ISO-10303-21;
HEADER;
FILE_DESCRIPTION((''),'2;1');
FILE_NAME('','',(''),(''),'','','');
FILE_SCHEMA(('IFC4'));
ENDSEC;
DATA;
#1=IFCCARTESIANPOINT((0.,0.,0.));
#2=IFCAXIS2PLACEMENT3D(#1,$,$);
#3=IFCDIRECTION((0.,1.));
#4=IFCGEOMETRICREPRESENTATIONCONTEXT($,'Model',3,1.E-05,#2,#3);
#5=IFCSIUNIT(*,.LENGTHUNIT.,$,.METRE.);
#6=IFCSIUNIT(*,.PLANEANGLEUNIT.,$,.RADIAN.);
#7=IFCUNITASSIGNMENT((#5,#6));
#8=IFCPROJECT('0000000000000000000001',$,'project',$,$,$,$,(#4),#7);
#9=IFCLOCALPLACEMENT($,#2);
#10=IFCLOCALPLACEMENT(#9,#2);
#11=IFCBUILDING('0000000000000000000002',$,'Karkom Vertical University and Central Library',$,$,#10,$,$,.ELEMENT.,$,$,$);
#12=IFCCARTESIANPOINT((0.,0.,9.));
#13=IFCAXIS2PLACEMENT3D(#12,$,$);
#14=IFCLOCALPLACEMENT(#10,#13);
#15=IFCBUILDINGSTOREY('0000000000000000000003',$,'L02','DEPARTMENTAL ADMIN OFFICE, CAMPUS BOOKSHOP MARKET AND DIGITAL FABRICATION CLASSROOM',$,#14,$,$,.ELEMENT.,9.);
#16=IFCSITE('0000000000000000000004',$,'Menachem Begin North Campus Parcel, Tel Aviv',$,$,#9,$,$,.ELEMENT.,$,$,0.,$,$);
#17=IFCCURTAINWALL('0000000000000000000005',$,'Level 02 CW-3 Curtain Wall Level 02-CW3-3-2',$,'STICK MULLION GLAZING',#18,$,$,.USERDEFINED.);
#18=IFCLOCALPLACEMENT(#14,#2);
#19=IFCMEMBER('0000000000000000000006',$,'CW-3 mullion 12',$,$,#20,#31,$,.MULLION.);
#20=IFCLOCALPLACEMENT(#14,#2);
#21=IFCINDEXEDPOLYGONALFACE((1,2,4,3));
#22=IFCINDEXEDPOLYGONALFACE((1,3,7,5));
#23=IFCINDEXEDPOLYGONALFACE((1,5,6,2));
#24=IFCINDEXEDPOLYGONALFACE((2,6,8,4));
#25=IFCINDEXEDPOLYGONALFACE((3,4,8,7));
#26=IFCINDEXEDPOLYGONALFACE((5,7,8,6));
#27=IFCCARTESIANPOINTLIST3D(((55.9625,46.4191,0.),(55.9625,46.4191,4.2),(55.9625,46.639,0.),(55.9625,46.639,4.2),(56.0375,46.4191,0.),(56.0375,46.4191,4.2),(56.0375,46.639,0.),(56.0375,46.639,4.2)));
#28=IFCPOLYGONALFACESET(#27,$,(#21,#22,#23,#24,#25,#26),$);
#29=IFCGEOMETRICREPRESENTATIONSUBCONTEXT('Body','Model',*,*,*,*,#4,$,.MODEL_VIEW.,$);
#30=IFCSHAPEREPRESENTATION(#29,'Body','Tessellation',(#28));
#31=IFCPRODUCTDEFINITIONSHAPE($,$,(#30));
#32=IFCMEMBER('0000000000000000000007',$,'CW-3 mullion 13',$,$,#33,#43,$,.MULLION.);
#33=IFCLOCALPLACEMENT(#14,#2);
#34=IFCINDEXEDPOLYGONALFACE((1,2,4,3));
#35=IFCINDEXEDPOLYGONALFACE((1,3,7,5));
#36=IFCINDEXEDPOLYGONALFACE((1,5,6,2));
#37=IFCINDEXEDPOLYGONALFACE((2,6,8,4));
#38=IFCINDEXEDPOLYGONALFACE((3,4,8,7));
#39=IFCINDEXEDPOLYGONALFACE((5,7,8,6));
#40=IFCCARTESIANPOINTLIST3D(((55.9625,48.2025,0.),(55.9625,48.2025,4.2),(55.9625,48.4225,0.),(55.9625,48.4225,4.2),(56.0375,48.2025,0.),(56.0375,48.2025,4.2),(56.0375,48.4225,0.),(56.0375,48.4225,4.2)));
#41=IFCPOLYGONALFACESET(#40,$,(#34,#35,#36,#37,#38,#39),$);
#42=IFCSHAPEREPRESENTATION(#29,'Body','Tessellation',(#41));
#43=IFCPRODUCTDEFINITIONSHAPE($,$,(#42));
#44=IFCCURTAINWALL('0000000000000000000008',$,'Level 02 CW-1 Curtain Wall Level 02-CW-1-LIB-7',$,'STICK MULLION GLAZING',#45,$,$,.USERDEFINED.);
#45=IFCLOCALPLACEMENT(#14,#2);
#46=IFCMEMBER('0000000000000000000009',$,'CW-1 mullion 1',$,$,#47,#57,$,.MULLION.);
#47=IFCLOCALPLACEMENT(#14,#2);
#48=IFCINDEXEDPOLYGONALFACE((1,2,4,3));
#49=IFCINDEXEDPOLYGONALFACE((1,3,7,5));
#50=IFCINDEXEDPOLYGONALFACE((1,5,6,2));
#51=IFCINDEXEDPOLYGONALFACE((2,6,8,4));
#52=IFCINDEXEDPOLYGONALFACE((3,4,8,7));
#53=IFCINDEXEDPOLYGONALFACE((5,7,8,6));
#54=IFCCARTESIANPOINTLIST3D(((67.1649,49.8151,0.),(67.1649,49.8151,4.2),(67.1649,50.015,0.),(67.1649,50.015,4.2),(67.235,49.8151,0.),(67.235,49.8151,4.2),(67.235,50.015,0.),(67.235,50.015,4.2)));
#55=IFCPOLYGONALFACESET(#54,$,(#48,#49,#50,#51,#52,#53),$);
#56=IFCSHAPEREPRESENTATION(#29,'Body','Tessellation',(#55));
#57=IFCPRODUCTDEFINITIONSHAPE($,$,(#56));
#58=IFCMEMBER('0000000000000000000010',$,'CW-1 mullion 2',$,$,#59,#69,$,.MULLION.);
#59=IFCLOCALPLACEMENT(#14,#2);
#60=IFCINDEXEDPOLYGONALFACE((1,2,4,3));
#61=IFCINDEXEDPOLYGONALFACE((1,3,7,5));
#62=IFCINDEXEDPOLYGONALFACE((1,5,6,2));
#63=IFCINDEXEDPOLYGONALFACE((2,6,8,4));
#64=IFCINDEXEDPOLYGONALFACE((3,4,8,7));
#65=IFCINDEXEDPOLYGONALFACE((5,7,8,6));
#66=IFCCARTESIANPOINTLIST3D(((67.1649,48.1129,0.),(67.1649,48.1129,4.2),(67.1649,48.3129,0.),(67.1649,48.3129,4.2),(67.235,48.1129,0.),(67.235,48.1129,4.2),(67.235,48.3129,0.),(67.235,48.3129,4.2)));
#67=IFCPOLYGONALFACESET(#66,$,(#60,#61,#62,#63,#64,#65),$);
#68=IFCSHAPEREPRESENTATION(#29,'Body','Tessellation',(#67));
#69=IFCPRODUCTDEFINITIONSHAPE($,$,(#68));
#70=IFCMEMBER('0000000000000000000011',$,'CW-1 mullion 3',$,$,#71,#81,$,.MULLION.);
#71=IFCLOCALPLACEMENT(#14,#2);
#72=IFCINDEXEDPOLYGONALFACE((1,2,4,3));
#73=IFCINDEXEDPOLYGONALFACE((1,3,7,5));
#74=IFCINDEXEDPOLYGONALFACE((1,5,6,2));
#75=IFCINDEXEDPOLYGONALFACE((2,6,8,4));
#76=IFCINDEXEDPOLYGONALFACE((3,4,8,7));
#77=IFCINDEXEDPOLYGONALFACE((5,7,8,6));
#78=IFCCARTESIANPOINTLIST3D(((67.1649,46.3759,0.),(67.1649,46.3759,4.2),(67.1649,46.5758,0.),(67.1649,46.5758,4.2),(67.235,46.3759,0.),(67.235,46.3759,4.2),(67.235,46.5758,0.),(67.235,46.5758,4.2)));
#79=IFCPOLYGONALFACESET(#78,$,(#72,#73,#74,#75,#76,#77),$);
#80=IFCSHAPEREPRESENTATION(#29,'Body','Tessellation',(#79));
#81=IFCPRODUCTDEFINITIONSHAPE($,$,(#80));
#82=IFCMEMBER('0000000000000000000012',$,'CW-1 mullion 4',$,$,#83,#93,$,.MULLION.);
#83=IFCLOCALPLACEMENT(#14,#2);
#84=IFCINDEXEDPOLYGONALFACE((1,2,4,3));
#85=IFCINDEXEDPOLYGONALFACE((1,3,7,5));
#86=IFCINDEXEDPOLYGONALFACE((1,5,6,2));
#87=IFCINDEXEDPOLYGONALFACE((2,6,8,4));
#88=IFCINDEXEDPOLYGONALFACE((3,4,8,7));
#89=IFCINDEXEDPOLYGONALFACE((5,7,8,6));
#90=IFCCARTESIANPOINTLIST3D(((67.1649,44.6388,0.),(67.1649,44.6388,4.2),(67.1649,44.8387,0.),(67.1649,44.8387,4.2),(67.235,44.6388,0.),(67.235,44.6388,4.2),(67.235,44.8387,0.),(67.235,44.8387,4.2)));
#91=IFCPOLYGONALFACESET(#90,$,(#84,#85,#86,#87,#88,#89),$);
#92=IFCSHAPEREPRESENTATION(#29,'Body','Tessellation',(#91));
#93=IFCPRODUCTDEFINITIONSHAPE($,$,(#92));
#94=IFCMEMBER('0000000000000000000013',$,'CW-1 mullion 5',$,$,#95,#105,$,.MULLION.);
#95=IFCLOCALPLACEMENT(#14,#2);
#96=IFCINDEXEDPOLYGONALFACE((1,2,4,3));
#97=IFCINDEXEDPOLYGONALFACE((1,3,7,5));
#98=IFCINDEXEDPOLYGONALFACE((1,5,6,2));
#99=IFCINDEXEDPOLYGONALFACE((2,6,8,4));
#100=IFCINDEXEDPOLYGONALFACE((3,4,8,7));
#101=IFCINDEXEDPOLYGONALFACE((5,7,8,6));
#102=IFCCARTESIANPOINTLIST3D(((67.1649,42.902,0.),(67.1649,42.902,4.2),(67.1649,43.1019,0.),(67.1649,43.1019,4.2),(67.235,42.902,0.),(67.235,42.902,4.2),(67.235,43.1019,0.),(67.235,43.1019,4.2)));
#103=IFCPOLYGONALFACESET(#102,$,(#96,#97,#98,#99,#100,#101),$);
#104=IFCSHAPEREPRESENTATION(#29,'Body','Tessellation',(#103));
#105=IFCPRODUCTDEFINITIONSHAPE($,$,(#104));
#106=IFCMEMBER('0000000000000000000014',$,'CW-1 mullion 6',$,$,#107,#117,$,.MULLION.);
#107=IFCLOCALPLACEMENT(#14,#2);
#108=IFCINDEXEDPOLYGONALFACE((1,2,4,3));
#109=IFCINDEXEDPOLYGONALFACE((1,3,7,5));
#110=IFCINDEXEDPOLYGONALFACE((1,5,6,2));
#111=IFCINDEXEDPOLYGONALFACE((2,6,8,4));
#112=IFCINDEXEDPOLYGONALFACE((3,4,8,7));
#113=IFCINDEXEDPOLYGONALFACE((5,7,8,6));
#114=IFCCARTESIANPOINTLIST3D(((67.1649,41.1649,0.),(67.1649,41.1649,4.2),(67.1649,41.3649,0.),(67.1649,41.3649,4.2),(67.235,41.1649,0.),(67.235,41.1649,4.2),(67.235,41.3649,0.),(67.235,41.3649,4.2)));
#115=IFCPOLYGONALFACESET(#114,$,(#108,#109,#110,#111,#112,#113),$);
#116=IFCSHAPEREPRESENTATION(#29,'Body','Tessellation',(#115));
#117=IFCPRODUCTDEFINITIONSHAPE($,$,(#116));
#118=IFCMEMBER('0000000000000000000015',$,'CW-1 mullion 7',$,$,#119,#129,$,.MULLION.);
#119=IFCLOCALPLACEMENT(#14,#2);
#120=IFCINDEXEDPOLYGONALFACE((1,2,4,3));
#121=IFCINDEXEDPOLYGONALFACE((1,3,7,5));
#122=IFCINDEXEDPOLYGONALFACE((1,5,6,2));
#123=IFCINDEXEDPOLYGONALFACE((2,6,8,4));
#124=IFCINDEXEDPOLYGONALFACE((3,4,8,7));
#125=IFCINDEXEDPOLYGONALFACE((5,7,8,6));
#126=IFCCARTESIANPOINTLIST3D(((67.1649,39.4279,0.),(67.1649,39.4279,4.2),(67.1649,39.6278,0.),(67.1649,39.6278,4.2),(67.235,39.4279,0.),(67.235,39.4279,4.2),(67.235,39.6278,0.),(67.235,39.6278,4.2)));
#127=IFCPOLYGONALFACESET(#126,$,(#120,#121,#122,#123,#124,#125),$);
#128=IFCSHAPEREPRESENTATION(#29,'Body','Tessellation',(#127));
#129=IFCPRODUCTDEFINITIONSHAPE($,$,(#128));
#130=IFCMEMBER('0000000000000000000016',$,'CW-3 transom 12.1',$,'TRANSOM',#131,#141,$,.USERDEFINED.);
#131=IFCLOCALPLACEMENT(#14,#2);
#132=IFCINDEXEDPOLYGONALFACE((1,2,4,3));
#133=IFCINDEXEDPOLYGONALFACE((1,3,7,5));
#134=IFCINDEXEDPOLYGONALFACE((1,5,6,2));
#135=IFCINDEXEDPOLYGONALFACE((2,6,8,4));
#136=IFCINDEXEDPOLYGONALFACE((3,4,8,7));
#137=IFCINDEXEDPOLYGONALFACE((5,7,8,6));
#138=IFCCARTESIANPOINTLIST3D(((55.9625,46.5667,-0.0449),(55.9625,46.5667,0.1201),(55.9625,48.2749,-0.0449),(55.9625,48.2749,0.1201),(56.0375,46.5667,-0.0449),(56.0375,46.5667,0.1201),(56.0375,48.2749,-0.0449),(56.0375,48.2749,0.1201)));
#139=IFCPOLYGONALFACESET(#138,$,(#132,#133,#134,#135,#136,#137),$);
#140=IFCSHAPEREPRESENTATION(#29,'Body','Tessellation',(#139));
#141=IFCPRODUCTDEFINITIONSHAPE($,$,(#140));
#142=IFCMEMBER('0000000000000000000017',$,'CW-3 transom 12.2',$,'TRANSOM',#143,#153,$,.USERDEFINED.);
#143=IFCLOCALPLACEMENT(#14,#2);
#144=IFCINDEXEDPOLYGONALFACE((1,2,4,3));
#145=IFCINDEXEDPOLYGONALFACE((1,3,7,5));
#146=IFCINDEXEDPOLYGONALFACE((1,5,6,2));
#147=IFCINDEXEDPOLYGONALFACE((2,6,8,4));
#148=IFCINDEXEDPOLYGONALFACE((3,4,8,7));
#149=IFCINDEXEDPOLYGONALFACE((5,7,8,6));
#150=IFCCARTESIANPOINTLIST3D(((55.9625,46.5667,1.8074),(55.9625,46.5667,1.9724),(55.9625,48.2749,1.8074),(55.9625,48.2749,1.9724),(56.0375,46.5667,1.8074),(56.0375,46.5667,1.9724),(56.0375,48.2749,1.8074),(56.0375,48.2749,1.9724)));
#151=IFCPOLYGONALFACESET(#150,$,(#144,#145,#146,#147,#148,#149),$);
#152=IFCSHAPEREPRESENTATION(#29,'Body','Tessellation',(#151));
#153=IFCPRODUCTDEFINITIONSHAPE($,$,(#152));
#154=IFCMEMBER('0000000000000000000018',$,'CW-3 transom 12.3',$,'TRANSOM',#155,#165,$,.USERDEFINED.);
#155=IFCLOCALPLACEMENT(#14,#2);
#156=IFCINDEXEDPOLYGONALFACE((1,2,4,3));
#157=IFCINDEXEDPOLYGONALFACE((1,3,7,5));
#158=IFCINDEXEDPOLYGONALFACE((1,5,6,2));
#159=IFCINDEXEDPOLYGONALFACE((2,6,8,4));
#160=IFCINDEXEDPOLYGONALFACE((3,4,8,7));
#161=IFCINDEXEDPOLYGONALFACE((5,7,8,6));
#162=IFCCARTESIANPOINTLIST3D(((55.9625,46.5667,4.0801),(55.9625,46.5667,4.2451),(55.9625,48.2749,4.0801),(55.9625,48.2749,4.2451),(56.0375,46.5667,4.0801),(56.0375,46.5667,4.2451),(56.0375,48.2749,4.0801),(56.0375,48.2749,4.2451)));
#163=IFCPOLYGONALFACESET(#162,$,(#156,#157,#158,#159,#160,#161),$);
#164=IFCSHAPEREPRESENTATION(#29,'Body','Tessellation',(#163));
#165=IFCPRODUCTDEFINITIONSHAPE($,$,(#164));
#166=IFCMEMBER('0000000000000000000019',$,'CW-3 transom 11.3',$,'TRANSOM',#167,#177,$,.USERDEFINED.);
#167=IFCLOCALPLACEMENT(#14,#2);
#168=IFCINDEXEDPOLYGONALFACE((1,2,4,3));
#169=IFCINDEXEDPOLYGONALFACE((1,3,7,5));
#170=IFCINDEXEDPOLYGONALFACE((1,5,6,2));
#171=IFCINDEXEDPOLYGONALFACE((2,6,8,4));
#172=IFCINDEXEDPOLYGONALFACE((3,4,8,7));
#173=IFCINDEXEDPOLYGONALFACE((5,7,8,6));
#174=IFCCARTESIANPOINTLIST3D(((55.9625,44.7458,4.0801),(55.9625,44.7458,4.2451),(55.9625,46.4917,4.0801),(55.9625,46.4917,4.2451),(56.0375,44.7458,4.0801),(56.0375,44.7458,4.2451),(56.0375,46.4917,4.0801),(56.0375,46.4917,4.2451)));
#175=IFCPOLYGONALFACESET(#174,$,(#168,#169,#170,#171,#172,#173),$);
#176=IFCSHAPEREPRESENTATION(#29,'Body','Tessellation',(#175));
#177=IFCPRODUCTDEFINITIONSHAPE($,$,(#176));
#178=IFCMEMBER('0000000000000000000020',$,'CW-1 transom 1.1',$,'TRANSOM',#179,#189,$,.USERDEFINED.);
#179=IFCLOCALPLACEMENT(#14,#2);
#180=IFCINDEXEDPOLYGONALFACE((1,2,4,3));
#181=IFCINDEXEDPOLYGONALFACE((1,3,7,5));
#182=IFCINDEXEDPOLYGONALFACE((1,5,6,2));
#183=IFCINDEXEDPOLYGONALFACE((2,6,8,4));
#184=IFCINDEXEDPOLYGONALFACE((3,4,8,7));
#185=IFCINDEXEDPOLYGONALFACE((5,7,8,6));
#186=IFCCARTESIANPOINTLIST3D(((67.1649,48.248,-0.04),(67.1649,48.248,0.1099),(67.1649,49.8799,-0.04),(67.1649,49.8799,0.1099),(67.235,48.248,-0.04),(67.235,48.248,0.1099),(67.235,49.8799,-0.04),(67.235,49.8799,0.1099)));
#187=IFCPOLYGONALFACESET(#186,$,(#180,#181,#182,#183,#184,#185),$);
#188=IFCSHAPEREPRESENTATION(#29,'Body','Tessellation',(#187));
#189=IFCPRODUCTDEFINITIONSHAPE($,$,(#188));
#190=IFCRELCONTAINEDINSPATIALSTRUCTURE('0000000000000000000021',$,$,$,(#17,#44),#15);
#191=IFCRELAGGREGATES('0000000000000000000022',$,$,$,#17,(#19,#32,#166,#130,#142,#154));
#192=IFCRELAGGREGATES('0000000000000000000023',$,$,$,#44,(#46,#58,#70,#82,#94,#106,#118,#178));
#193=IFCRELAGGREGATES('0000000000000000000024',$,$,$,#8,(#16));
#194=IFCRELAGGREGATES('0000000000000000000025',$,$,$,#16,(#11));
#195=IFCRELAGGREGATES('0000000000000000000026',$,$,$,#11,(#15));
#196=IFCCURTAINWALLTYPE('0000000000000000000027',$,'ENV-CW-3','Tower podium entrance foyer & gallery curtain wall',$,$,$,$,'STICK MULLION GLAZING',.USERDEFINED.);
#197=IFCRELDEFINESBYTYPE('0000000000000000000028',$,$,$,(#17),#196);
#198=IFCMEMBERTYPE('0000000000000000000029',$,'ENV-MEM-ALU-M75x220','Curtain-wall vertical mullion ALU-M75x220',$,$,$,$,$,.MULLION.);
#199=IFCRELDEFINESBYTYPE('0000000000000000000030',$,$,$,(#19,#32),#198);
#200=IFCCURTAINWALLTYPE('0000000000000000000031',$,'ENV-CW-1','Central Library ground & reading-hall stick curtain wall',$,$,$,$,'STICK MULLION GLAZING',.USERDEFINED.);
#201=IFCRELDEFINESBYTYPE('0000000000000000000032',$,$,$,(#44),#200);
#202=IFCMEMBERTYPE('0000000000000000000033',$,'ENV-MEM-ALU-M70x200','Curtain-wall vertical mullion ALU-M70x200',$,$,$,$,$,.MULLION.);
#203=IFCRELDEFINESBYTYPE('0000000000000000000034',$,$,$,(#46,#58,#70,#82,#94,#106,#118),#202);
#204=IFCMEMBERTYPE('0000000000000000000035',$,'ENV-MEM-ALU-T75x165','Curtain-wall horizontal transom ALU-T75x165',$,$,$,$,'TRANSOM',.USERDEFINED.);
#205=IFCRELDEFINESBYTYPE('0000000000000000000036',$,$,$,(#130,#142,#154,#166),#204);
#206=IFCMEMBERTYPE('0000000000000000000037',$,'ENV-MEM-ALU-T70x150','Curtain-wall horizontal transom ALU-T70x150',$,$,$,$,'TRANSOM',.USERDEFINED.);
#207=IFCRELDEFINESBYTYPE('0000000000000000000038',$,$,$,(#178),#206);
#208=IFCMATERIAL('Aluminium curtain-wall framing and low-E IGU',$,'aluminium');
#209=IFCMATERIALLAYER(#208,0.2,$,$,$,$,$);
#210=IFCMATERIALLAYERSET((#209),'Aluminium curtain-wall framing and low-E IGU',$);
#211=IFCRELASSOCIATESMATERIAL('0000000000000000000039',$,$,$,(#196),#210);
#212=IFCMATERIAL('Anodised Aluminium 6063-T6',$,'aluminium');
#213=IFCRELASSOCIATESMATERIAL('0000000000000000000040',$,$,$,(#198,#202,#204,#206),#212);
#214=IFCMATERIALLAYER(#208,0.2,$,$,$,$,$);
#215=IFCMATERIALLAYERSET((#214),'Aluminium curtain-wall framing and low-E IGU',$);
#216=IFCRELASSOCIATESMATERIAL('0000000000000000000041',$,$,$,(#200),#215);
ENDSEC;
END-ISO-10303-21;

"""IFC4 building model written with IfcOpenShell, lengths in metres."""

from ifc_helpers import new_model, si_unit, direction, frame, origin, origin_with_axes, origin_2d, place, context, subcontext, project, spatial, rectangle, extrude, source, transform, mapped, material, layer, layer_set, material_profile, profile_set, type_object, element, aggregate, save


model = new_model("IFC4")

# Units and contexts
model_context = context("Model", 3, precision=1e-05, world=origin(), true_north=direction((0.0, 1.0)))
body_context = subcontext(model_context, "Body", "Model", "MODEL_VIEW")
ifc_project = project(units=[si_unit("LENGTHUNIT", "METRE"), si_unit("PLANEANGLEUNIT", "RADIAN")], contexts=[model_context])

# Site, building, storey
site_placement = place(None, origin())
site = spatial("IfcSite", under=ifc_project, at=site_placement, Name="Menachem Begin North Campus Parcel, Tel Aviv", CompositionType="ELEMENT", RefElevation=0.0)
building_placement = place(site_placement, origin())
building = spatial("IfcBuilding", under=site, at=building_placement, Name="Karkom Vertical University and Central Library", CompositionType="ELEMENT")
storey_placement = place(building_placement, frame((0.0, 0.0, 9.0)))
storey = spatial("IfcBuildingStorey", under=building, at=storey_placement, Name="L02", Description="DEPARTMENTAL ADMIN OFFICE, CAMPUS BOOKSHOP MARKET AND DIGITAL FABRICATION CLASSROOM", CompositionType="ELEMENT", Elevation=9.0)

# Curtain walls, members
ifc_material_1 = material(Name="Aluminium curtain-wall framing and low-E IGU", Category="aluminium")
ifc_layer_1 = layer(ifc_material_1, 0.2)
ifc_layer_set_1 = layer_set([ifc_layer_1], Name="Aluminium curtain-wall framing and low-E IGU")
curtain_wall_type_1 = type_object("IfcCurtainWallType", Name="ENV-CW-3", Description="Tower podium entrance foyer & gallery curtain wall", ElementType="STICK MULLION GLAZING", PredefinedType="USERDEFINED", material=ifc_layer_set_1)
curtain_wall_1_placement = place(storey_placement, origin())
curtain_wall_1 = element("IfcCurtainWall", 1, at=curtain_wall_1_placement, inside=storey, type_object=curtain_wall_type_1, Name="Level 02 CW-3 Curtain Wall Level 02-CW3-3-2", ObjectType="STICK MULLION GLAZING", PredefinedType="USERDEFINED")
ifc_material_2 = material(Name="Anodised Aluminium 6063-T6", Category="aluminium")
ifc_material_profile_1 = material_profile(ifc_material_2, rectangle(XDim=0.075, YDim=0.22, at=origin_2d()), Name="ALU-M75x220")
ifc_profile_set_1 = profile_set([ifc_material_profile_1], Name="Anodised Aluminium 6063-T6")
member_type_1 = type_object("IfcMemberType", Name="ENV-MEM-ALU-M75x220", Description="Curtain-wall vertical mullion ALU-M75x220", PredefinedType="MULLION", material=ifc_profile_set_1)
shared_shape_1 = source(origin_with_axes(), body_context, "Body", "SweptSolid", [
    extrude(rectangle(XDim=0.075, YDim=0.22, at=origin_2d()), origin(), (0.0, 0.0, 1.0), 4.2),
])
member_1_placement = place(storey_placement, frame((56.0, 46.5291, 0.0), z_axis=(0.0, 0.0, 1.0), x_axis=(-1.0, 0.0, 0.0)))
member_1 = element("IfcMember", 2, at=member_1_placement, type_object=member_type_1, Name="CW-3 mullion 12", PredefinedType="MULLION", context=body_context, shape_type="MappedRepresentation", body=[
    mapped(shared_shape_1, transform((0.0, 0.0, 0.0), scale=1.0)),
])
member_2_placement = place(storey_placement, frame((56.0, 48.3125, 0.0), z_axis=(0.0, 0.0, 1.0), x_axis=(-1.0, 0.0, 0.0)))
member_2 = element("IfcMember", 3, at=member_2_placement, type_object=member_type_1, Name="CW-3 mullion 13", PredefinedType="MULLION", context=body_context, shape_type="MappedRepresentation", body=[
    mapped(shared_shape_1, transform((0.0, 0.0, 0.0), scale=1.0)),
])
ifc_layer_2 = layer(ifc_material_1, 0.2)
ifc_layer_set_2 = layer_set([ifc_layer_2], Name="Aluminium curtain-wall framing and low-E IGU")
curtain_wall_type_2 = type_object("IfcCurtainWallType", Name="ENV-CW-1", Description="Central Library ground & reading-hall stick curtain wall", ElementType="STICK MULLION GLAZING", PredefinedType="USERDEFINED", material=ifc_layer_set_2)
curtain_wall_2_placement = place(storey_placement, origin())
curtain_wall_2 = element("IfcCurtainWall", 4, at=curtain_wall_2_placement, inside=storey, type_object=curtain_wall_type_2, Name="Level 02 CW-1 Curtain Wall Level 02-CW-1-LIB-7", ObjectType="STICK MULLION GLAZING", PredefinedType="USERDEFINED")
ifc_material_profile_2 = material_profile(ifc_material_2, rectangle(XDim=0.0701, YDim=0.2, at=origin_2d()), Name="ALU-M70x200")
ifc_profile_set_2 = profile_set([ifc_material_profile_2], Name="Anodised Aluminium 6063-T6")
member_type_2 = type_object("IfcMemberType", Name="ENV-MEM-ALU-M70x200", Description="Curtain-wall vertical mullion ALU-M70x200", PredefinedType="MULLION", material=ifc_profile_set_2)
shared_shape_2 = source(origin_with_axes(), body_context, "Body", "SweptSolid", [
    extrude(rectangle(XDim=0.0701, YDim=0.2, at=origin_2d()), origin(), (0.0, 0.0, 1.0), 4.2),
])
member_3_placement = place(storey_placement, frame((67.2, 49.915, 0.0), z_axis=(0.0, 0.0, 1.0), x_axis=(1.0, 0.0, 0.0)))
member_3 = element("IfcMember", 5, at=member_3_placement, type_object=member_type_2, Name="CW-1 mullion 1", PredefinedType="MULLION", context=body_context, shape_type="MappedRepresentation", body=[
    mapped(shared_shape_2, transform((0.0, 0.0, 0.0), scale=1.0)),
])
member_4_placement = place(storey_placement, frame((67.2, 48.2129, 0.0), z_axis=(0.0, 0.0, 1.0), x_axis=(1.0, 0.0, 0.0)))
member_4 = element("IfcMember", 6, at=member_4_placement, type_object=member_type_2, Name="CW-1 mullion 2", PredefinedType="MULLION", context=body_context, shape_type="MappedRepresentation", body=[
    mapped(shared_shape_2, transform((0.0, 0.0, 0.0), scale=1.0)),
])
member_5_placement = place(storey_placement, frame((67.2, 46.4758, 0.0), z_axis=(0.0, 0.0, 1.0), x_axis=(1.0, 0.0, 0.0)))
member_5 = element("IfcMember", 7, at=member_5_placement, type_object=member_type_2, Name="CW-1 mullion 3", PredefinedType="MULLION", context=body_context, shape_type="MappedRepresentation", body=[
    mapped(shared_shape_2, transform((0.0, 0.0, 0.0), scale=1.0)),
])
member_6_placement = place(storey_placement, frame((67.2, 44.7388, 0.0), z_axis=(0.0, 0.0, 1.0), x_axis=(1.0, 0.0, 0.0)))
member_6 = element("IfcMember", 8, at=member_6_placement, type_object=member_type_2, Name="CW-1 mullion 4", PredefinedType="MULLION", context=body_context, shape_type="MappedRepresentation", body=[
    mapped(shared_shape_2, transform((0.0, 0.0, 0.0), scale=1.0)),
])
member_7_placement = place(storey_placement, frame((67.2, 43.002, 0.0), z_axis=(0.0, 0.0, 1.0), x_axis=(1.0, 0.0, 0.0)))
member_7 = element("IfcMember", 9, at=member_7_placement, type_object=member_type_2, Name="CW-1 mullion 5", PredefinedType="MULLION", context=body_context, shape_type="MappedRepresentation", body=[
    mapped(shared_shape_2, transform((0.0, 0.0, 0.0), scale=1.0)),
])
member_8_placement = place(storey_placement, frame((67.2, 41.2649, 0.0), z_axis=(0.0, 0.0, 1.0), x_axis=(1.0, 0.0, 0.0)))
member_8 = element("IfcMember", 10, at=member_8_placement, type_object=member_type_2, Name="CW-1 mullion 6", PredefinedType="MULLION", context=body_context, shape_type="MappedRepresentation", body=[
    mapped(shared_shape_2, transform((0.0, 0.0, 0.0), scale=1.0)),
])
member_9_placement = place(storey_placement, frame((67.2, 39.5278, 0.0), z_axis=(0.0, 0.0, 1.0), x_axis=(1.0, 0.0, 0.0)))
member_9 = element("IfcMember", 11, at=member_9_placement, type_object=member_type_2, Name="CW-1 mullion 7", PredefinedType="MULLION", context=body_context, shape_type="MappedRepresentation", body=[
    mapped(shared_shape_2, transform((0.0, 0.0, 0.0), scale=1.0)),
])

# Members
ifc_material_profile_3 = material_profile(ifc_material_2, rectangle(XDim=0.075, YDim=0.165, at=origin_2d()), Name="ALU-T75x165")
ifc_profile_set_3 = profile_set([ifc_material_profile_3], Name="Anodised Aluminium 6063-T6")
member_type_3 = type_object("IfcMemberType", Name="ENV-MEM-ALU-T75x165", Description="Curtain-wall horizontal transom ALU-T75x165", ElementType="TRANSOM", PredefinedType="USERDEFINED", material=ifc_profile_set_3)
shared_shape_3 = source(origin_with_axes(), body_context, "Body", "SweptSolid", [
    extrude(rectangle(XDim=0.075, YDim=0.165, at=origin_2d()), origin(), (0.0, 0.0, 1.0), 1.7083),
])
member_10_placement = place(storey_placement, frame((56.0, 46.5667, 0.0376), z_axis=(0.0, 1.0, 0.0), x_axis=(-1.0, 0.0, 0.0)))
member_10 = element("IfcMember", 12, at=member_10_placement, type_object=member_type_3, Name="CW-3 transom 12.1", ObjectType="TRANSOM", PredefinedType="USERDEFINED", context=body_context, shape_type="MappedRepresentation", body=[
    mapped(shared_shape_3, transform((0.0, 0.0, 0.0), scale=1.0)),
])
member_11_placement = place(storey_placement, frame((56.0, 46.5667, 1.8899), z_axis=(0.0, 1.0, 0.0), x_axis=(-1.0, 0.0, 0.0)))
member_11 = element("IfcMember", 13, at=member_11_placement, type_object=member_type_3, Name="CW-3 transom 12.2", ObjectType="TRANSOM", PredefinedType="USERDEFINED", context=body_context, shape_type="MappedRepresentation", body=[
    mapped(shared_shape_3, transform((0.0, 0.0, 0.0), scale=1.0)),
])
member_12_placement = place(storey_placement, frame((56.0, 46.5667, 4.1626), z_axis=(0.0, 1.0, 0.0), x_axis=(-1.0, 0.0, 0.0)))
member_12 = element("IfcMember", 14, at=member_12_placement, type_object=member_type_3, Name="CW-3 transom 12.3", ObjectType="TRANSOM", PredefinedType="USERDEFINED", context=body_context, shape_type="MappedRepresentation", body=[
    mapped(shared_shape_3, transform((0.0, 0.0, 0.0), scale=1.0)),
])
shared_shape_4 = source(origin_with_axes(), body_context, "Body", "SweptSolid", [
    extrude(rectangle(XDim=0.075, YDim=0.165, at=origin_2d()), origin(), (0.0, 0.0, 1.0), 1.7458),
])
member_13_placement = place(storey_placement, frame((56.0, 44.7458, 4.1626), z_axis=(0.0, 1.0, 0.0), x_axis=(-1.0, 0.0, 0.0)))
member_13 = element("IfcMember", 15, at=member_13_placement, type_object=member_type_3, Name="CW-3 transom 11.3", ObjectType="TRANSOM", PredefinedType="USERDEFINED", context=body_context, shape_type="MappedRepresentation", body=[
    mapped(shared_shape_4, transform((0.0, 0.0, 0.0), scale=1.0)),
])
ifc_material_profile_4 = material_profile(ifc_material_2, rectangle(XDim=0.0701, YDim=0.1499, at=origin_2d()), Name="ALU-T70x150")
ifc_profile_set_4 = profile_set([ifc_material_profile_4], Name="Anodised Aluminium 6063-T6")
member_type_4 = type_object("IfcMemberType", Name="ENV-MEM-ALU-T70x150", Description="Curtain-wall horizontal transom ALU-T70x150", ElementType="TRANSOM", PredefinedType="USERDEFINED", material=ifc_profile_set_4)
shared_shape_5 = source(origin_with_axes(), body_context, "Body", "SweptSolid", [
    extrude(rectangle(XDim=0.0701, YDim=0.1499, at=origin_2d()), origin(), (0.0, 0.0, 1.0), 1.6318),
])
member_14_placement = place(storey_placement, frame((67.2, 49.8799, 0.0349), z_axis=(0.0, -1.0, 0.0), x_axis=(1.0, 0.0, 0.0)))
member_14 = element("IfcMember", 16, at=member_14_placement, type_object=member_type_4, Name="CW-1 transom 1.1", ObjectType="TRANSOM", PredefinedType="USERDEFINED", context=body_context, shape_type="MappedRepresentation", body=[
    mapped(shared_shape_5, transform((0.0, 0.0, 0.0), scale=1.0)),
])

aggregate(curtain_wall_1, [member_1, member_2, member_13, member_10, member_11, member_12])
aggregate(curtain_wall_2, [member_3, member_4, member_5, member_6, member_7, member_8, member_9, member_14])

save(model, "model.ifc")
